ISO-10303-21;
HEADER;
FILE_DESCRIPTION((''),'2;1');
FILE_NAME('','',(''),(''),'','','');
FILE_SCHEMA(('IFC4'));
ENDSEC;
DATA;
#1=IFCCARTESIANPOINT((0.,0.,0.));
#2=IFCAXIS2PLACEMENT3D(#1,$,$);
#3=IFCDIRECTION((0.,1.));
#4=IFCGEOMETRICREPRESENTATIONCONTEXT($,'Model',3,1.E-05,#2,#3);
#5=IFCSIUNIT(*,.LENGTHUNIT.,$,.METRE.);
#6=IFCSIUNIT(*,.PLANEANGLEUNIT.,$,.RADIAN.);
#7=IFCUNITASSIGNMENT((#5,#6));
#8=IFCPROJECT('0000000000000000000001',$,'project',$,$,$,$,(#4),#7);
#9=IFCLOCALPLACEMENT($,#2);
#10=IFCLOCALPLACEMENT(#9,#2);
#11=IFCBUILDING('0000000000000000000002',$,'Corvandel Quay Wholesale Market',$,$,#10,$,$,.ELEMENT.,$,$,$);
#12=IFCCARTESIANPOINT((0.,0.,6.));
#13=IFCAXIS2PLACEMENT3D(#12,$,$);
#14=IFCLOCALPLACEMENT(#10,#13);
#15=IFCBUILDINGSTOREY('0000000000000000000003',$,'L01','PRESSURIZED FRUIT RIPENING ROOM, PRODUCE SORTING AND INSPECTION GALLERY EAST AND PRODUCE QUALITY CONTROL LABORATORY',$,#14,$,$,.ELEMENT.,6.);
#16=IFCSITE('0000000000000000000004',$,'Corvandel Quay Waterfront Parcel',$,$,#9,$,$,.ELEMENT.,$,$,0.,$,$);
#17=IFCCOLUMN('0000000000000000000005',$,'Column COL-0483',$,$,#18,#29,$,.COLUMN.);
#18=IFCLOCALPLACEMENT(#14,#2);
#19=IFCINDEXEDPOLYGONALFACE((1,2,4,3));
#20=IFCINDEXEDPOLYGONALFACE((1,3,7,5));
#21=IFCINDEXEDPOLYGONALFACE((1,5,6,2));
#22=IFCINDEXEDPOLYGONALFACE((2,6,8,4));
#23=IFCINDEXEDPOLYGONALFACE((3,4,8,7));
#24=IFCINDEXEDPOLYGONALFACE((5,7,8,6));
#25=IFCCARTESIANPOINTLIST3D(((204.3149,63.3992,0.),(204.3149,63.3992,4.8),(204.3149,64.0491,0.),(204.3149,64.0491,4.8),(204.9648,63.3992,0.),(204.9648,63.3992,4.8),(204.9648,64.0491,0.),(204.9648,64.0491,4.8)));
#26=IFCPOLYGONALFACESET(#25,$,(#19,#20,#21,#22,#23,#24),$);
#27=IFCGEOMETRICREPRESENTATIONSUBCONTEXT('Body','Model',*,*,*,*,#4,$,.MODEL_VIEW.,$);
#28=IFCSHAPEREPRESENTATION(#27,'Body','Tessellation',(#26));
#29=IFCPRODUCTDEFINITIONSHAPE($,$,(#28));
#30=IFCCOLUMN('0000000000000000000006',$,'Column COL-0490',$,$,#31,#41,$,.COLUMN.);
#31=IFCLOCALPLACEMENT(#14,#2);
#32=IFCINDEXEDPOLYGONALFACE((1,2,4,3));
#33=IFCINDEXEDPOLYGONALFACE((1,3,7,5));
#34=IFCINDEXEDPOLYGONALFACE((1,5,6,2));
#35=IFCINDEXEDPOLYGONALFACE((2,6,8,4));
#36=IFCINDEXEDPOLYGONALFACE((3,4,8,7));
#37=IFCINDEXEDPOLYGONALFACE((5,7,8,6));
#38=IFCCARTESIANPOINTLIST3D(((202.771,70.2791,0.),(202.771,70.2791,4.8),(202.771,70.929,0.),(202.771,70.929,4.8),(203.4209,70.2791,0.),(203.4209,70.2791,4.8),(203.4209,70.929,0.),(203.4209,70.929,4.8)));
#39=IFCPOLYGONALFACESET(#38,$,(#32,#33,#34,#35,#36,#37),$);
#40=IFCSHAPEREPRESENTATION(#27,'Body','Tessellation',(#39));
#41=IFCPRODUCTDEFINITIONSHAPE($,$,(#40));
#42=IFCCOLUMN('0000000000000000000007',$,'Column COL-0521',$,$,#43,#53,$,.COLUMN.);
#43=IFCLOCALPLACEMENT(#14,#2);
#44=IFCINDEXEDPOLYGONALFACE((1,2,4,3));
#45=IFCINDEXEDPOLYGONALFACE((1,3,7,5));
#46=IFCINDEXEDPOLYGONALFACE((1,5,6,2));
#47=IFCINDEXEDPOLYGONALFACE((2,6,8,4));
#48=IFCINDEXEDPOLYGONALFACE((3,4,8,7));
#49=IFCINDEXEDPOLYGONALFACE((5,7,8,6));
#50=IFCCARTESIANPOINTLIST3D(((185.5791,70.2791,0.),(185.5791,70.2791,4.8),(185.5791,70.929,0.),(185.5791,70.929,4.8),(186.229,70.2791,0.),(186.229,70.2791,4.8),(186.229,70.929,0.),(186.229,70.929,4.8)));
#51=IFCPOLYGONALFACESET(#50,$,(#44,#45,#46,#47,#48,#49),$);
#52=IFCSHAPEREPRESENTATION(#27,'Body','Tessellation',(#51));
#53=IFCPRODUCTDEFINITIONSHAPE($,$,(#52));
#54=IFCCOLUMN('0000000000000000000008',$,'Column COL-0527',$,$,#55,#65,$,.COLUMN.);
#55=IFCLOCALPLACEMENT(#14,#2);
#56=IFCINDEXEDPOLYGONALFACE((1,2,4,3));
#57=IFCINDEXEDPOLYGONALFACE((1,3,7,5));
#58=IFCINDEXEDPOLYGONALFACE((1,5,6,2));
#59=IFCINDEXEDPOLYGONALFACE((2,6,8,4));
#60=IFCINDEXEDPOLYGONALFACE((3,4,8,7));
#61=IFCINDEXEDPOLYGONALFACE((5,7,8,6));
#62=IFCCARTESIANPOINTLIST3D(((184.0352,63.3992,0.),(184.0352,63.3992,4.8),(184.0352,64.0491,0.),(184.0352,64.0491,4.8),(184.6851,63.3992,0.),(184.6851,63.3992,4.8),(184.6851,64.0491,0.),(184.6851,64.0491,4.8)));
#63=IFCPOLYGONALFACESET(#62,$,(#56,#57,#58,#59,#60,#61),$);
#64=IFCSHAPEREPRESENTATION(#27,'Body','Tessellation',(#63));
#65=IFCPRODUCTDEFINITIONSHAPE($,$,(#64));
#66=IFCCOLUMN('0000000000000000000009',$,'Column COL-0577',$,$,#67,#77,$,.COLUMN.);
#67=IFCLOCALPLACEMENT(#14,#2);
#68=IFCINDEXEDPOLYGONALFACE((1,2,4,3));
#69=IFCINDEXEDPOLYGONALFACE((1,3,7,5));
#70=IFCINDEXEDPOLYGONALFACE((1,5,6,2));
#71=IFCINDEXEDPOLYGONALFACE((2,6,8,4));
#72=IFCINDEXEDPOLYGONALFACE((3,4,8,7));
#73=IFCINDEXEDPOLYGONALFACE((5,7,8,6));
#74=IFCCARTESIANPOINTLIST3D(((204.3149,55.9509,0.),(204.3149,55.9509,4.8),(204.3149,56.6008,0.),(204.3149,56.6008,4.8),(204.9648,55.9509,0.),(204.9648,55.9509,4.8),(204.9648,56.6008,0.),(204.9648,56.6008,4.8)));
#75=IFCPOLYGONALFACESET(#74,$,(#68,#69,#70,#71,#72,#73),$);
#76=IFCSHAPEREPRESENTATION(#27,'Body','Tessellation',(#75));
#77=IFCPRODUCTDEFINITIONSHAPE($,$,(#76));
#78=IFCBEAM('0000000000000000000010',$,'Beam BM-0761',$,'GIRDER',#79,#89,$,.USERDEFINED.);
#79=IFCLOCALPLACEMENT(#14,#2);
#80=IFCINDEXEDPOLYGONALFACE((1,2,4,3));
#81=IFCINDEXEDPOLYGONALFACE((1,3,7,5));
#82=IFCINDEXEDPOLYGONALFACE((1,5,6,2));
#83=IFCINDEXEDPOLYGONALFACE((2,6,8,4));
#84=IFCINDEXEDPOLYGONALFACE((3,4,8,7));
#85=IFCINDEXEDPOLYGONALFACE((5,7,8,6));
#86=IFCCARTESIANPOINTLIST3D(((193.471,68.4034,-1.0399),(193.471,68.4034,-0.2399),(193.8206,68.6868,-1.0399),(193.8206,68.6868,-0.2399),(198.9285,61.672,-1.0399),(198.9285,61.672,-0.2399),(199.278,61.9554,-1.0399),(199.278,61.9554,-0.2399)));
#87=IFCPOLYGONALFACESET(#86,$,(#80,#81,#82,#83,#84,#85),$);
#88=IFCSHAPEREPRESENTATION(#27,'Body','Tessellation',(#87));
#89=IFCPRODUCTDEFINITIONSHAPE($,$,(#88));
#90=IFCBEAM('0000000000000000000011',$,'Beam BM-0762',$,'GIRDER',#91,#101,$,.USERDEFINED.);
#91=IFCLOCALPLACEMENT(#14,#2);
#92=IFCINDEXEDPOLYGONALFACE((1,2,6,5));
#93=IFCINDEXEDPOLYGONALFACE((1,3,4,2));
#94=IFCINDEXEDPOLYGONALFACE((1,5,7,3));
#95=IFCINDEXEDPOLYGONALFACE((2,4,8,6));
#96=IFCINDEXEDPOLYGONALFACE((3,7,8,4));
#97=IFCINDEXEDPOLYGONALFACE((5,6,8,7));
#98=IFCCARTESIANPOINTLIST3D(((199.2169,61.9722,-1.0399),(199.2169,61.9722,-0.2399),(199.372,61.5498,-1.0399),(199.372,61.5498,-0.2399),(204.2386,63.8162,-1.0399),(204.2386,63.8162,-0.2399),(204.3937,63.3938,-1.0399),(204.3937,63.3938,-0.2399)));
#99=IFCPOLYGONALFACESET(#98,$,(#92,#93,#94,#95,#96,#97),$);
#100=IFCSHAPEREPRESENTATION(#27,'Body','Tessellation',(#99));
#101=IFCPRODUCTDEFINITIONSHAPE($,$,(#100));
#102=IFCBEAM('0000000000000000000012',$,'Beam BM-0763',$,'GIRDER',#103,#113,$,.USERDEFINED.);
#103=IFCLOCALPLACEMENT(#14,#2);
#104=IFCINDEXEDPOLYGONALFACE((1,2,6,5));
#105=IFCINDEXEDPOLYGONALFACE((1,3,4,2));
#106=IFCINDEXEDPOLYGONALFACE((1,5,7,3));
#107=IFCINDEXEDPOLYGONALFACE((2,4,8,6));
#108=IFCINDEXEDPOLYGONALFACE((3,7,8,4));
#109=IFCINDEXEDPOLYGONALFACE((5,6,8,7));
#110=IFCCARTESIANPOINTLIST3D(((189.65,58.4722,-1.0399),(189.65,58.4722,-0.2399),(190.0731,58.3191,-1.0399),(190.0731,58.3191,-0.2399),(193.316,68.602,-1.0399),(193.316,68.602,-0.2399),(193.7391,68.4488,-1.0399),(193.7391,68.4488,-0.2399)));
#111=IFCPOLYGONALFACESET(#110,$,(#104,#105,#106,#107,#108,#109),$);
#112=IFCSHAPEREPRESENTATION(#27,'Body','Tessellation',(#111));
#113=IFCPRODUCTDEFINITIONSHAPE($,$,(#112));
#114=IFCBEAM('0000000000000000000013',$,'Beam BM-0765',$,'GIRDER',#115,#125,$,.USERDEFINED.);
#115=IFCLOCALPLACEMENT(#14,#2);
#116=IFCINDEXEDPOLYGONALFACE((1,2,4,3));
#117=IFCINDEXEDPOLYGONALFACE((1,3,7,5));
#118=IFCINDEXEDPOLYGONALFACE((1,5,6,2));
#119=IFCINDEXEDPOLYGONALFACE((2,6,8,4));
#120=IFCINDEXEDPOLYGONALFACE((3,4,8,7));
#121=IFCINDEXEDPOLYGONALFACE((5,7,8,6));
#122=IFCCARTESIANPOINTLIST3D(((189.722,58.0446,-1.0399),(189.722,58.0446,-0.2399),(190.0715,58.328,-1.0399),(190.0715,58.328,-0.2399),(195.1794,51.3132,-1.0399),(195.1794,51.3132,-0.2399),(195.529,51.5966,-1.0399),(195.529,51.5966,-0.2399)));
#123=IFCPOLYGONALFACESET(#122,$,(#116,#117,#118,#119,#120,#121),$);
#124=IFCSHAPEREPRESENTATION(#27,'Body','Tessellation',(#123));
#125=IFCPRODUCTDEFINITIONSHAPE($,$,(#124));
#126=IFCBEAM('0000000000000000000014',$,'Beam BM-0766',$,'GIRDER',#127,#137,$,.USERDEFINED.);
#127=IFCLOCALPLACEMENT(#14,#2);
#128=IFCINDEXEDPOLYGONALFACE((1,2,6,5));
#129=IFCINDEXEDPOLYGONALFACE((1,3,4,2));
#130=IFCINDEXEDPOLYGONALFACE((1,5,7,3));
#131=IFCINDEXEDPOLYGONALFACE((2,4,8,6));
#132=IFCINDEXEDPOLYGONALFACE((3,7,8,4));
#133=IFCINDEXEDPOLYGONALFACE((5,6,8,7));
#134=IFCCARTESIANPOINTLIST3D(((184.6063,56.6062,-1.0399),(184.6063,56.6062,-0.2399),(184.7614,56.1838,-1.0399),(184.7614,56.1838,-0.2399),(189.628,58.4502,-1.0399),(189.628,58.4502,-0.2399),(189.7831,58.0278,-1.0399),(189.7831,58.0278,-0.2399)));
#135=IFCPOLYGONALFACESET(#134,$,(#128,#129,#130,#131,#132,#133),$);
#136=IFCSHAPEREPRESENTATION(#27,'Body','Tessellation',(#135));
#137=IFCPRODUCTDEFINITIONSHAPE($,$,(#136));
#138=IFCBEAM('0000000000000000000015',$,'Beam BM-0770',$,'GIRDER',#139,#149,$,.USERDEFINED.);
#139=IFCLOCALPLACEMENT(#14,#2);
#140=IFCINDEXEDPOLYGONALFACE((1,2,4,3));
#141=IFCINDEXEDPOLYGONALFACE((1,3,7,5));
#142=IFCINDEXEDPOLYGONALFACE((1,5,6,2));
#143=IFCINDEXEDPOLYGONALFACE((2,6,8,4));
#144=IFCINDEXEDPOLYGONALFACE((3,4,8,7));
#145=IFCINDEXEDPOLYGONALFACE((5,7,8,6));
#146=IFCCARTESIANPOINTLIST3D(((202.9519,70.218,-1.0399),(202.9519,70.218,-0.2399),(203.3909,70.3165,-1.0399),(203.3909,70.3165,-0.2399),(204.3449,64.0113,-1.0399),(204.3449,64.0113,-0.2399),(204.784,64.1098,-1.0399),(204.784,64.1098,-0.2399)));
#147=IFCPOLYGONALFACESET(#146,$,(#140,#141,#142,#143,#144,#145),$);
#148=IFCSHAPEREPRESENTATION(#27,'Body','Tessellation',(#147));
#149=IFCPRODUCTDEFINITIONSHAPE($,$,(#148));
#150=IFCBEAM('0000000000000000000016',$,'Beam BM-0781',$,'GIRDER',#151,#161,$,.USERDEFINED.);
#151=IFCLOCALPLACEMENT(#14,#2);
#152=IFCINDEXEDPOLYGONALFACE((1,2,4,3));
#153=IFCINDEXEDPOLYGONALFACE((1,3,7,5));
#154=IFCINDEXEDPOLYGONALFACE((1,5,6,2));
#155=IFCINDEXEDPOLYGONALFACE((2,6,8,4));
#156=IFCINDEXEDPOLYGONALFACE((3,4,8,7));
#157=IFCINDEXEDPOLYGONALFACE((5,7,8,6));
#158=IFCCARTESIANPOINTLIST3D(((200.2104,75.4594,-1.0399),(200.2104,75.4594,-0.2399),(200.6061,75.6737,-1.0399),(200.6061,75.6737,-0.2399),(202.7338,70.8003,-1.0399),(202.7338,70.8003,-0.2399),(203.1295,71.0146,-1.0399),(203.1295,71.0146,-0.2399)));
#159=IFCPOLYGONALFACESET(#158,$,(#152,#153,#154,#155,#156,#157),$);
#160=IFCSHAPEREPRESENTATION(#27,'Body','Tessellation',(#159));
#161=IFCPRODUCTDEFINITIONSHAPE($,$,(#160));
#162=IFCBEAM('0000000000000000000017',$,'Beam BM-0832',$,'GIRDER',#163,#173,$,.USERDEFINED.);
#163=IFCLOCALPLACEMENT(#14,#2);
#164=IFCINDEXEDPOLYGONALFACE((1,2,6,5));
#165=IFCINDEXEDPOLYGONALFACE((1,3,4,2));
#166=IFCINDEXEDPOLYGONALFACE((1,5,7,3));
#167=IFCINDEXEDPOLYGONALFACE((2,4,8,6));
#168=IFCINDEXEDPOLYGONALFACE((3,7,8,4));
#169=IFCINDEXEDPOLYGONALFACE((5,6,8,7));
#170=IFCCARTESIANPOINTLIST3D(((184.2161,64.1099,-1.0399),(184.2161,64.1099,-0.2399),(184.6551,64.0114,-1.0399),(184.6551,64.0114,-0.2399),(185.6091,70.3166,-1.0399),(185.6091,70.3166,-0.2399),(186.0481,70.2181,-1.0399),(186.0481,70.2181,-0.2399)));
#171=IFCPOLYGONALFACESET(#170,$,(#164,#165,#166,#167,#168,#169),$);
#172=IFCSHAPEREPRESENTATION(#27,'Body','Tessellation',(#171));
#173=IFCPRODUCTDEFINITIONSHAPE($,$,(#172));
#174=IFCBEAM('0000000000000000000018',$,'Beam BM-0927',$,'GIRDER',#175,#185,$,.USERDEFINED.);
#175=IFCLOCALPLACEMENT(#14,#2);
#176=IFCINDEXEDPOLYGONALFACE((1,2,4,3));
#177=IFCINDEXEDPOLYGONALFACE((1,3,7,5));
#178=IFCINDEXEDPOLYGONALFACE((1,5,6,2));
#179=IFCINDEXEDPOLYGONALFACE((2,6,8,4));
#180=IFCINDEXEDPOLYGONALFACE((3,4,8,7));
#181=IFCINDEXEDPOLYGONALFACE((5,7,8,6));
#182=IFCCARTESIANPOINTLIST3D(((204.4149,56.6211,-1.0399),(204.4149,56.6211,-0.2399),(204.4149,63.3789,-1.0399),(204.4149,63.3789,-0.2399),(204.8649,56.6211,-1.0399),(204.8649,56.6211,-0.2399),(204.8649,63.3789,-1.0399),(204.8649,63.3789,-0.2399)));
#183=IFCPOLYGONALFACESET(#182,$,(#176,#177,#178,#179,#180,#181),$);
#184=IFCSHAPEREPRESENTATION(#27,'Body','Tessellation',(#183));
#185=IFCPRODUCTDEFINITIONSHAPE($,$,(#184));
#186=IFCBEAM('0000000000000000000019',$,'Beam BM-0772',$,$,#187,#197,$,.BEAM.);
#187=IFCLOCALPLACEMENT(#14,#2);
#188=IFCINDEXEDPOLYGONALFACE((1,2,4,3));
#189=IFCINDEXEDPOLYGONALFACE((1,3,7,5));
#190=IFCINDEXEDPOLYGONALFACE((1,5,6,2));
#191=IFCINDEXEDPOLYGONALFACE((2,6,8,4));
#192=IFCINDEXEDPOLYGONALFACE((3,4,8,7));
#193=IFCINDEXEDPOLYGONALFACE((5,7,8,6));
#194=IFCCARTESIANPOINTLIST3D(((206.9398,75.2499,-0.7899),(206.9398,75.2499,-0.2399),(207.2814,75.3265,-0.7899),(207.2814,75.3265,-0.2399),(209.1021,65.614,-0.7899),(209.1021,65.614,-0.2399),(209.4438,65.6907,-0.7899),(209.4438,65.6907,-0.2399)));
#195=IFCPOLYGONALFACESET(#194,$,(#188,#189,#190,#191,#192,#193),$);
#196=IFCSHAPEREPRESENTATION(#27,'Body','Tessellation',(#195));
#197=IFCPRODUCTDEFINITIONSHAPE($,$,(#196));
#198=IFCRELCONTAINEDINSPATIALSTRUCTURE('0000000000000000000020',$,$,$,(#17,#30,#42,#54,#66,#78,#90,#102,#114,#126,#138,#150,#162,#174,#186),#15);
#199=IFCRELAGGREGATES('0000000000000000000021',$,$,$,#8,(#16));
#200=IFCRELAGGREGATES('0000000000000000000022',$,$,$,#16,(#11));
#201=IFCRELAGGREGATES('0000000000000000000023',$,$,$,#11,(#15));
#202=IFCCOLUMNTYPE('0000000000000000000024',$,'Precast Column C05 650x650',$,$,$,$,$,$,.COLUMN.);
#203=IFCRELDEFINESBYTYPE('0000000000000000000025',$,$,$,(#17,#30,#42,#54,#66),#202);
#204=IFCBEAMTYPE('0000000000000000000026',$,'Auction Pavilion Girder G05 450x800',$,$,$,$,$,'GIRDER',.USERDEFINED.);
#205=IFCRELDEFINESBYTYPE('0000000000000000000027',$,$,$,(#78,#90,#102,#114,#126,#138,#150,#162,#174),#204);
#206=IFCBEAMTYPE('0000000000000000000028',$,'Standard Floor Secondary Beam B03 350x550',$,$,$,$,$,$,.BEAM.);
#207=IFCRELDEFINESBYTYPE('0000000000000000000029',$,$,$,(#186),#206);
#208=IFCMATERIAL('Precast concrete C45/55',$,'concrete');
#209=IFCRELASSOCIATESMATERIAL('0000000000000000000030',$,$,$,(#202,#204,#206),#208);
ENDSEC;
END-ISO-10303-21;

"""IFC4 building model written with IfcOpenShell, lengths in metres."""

from ifc_helpers import new_model, si_unit, direction, frame, origin, origin_2d, place, context, subcontext, project, spatial, rectangle, extrude, material, material_profile, profile_set, type_object, element, save


model = new_model("IFC4")

# Units and contexts
model_context = context("Model", 3, precision=1e-05, world=origin(), true_north=direction((0.0, 1.0)))
body_context = subcontext(model_context, "Body", "Model", "MODEL_VIEW")
ifc_project = project(units=[si_unit("LENGTHUNIT", "METRE"), si_unit("PLANEANGLEUNIT", "RADIAN")], contexts=[model_context])

# Site, building, storey
site_placement = place(None, origin())
site = spatial("IfcSite", under=ifc_project, at=site_placement, Name="Corvandel Quay Waterfront Parcel", CompositionType="ELEMENT", RefElevation=0.0)
building_placement = place(site_placement, origin())
building = spatial("IfcBuilding", under=site, at=building_placement, Name="Corvandel Quay Wholesale Market", CompositionType="ELEMENT")
storey_placement = place(building_placement, frame((0.0, 0.0, 6.0)))
storey = spatial("IfcBuildingStorey", under=building, at=storey_placement, Name="L01", Description="PRESSURIZED FRUIT RIPENING ROOM, PRODUCE SORTING AND INSPECTION GALLERY EAST AND PRODUCE QUALITY CONTROL LABORATORY", CompositionType="ELEMENT", Elevation=6.0)

# Columns
ifc_material_1 = material(Name="Precast concrete C45/55", Category="concrete")
ifc_material_profile_1 = material_profile(ifc_material_1, rectangle(XDim=0.6499, YDim=0.6499, at=origin_2d()), Name="PC-COL-650x650")
ifc_profile_set_1 = profile_set([ifc_material_profile_1], Name="Precast concrete C45/55")
column_type = type_object("IfcColumnType", Name="Precast Column C05 650x650", PredefinedType="COLUMN", material=ifc_profile_set_1)
for number, where, z_axis, x_axis, name in (
    (1, (204.6399, 63.7241, 0.0), (0.0, 0.0, 1.0), (1.0, 0.0, 0.0), "Column COL-0483"),
    (2, (203.0959, 70.604, 0.0), (0.0, 0.0, 1.0), (1.0, 0.0, 0.0), "Column COL-0490"),
    (3, (185.9041, 70.604, 0.0), (0.0, 0.0, 1.0), (1.0, 0.0, 0.0), "Column COL-0521"),
    (4, (184.3601, 63.7241, 0.0), (0.0, 0.0, 1.0), (1.0, 0.0, 0.0), "Column COL-0527"),
    (5, (204.6399, 56.2759, 0.0), (0.0, 0.0, 1.0), (1.0, 0.0, 0.0), "Column COL-0577"),
):
    element("IfcColumn", number, at=place(storey_placement, frame(where, z_axis=z_axis, x_axis=x_axis)), inside=storey, type_object=column_type, Name=name, PredefinedType="COLUMN", context=body_context, shape_type="SweptSolid", body=[
        extrude(rectangle(XDim=0.6499, YDim=0.6499, at=origin_2d()), origin(), (0.0, 0.0, 1.0), 4.8),
    ])

# Beams
ifc_material_profile_2 = material_profile(ifc_material_1, rectangle(XDim=0.45, YDim=0.8, at=origin_2d()), Name="PC-GIR-450x800")
ifc_profile_set_2 = profile_set([ifc_material_profile_2], Name="Precast concrete C45/55")
beam_type_1 = type_object("IfcBeamType", Name="Auction Pavilion Girder G05 450x800", ElementType="GIRDER", PredefinedType="USERDEFINED", material=ifc_profile_set_2)
beam_1_placement = place(storey_placement, frame((199.1033, 61.8137, -0.6399), z_axis=(-0.629773, 0.776779, 0.0), x_axis=(-0.776779, -0.629773, 0.0)))
element("IfcBeam", 6, at=beam_1_placement, inside=storey, type_object=beam_type_1, Name="Beam BM-0761", ObjectType="GIRDER", PredefinedType="USERDEFINED", context=body_context, shape_type="SweptSolid", body=[
    extrude(rectangle(XDim=0.45, YDim=0.8, at=origin_2d()), origin(), (0.0, 0.0, 1.0), 8.6658),
])
beam_2_placement = place(storey_placement, frame((204.3162, 63.605, -0.6399), z_axis=(-0.938713, -0.344698, 0.0), x_axis=(0.344698, -0.938713, 0.0)))
element("IfcBeam", 7, at=beam_2_placement, inside=storey, type_object=beam_type_1, Name="Beam BM-0762", ObjectType="GIRDER", PredefinedType="USERDEFINED", context=body_context, shape_type="SweptSolid", body=[
    extrude(rectangle(XDim=0.45, YDim=0.8, at=origin_2d()), origin(), (0.0, 0.0, 1.0), 5.3496),
])
beam_3_placement = place(storey_placement, frame((193.5276, 68.5254, -0.6399), z_axis=(-0.340309, -0.940314, 0.0), x_axis=(0.940314, -0.340309, 0.0)))
element("IfcBeam", 8, at=beam_3_placement, inside=storey, type_object=beam_type_1, Name="Beam BM-0763", ObjectType="GIRDER", PredefinedType="USERDEFINED", context=body_context, shape_type="SweptSolid", body=[
    extrude(rectangle(XDim=0.45, YDim=0.8, at=origin_2d()), origin(), (0.0, 0.0, 1.0), 10.7727),
])
beam_4_placement = place(storey_placement, frame((189.8967, 58.1863, -0.6399), z_axis=(0.629773, -0.776779, 0.0), x_axis=(0.776779, 0.629773, 0.0)))
element("IfcBeam", 9, at=beam_4_placement, inside=storey, type_object=beam_type_1, Name="Beam BM-0765", ObjectType="GIRDER", PredefinedType="USERDEFINED", context=body_context, shape_type="SweptSolid", body=[
    extrude(rectangle(XDim=0.45, YDim=0.8, at=origin_2d()), origin(), (0.0, 0.0, 1.0), 8.6658),
])
beam_5_placement = place(storey_placement, frame((184.6838, 56.395, -0.6399), z_axis=(0.938713, 0.344698, 0.0), x_axis=(-0.344698, 0.938713, 0.0)))
element("IfcBeam", 10, at=beam_5_placement, inside=storey, type_object=beam_type_1, Name="Beam BM-0766", ObjectType="GIRDER", PredefinedType="USERDEFINED", context=body_context, shape_type="SweptSolid", body=[
    extrude(rectangle(XDim=0.45, YDim=0.8, at=origin_2d()), origin(), (0.0, 0.0, 1.0), 5.3496),
])
beam_6_placement = place(storey_placement, frame((204.5645, 64.0605, -0.6399), z_axis=(-0.218994, 0.975726, 0.0), x_axis=(-0.975726, -0.218994, 0.0)))
element("IfcBeam", 11, at=beam_6_placement, inside=storey, type_object=beam_type_1, Name="Beam BM-0770", ObjectType="GIRDER", PredefinedType="USERDEFINED", context=body_context, shape_type="SweptSolid", body=[
    extrude(rectangle(XDim=0.45, YDim=0.8, at=origin_2d()), origin(), (0.0, 0.0, 1.0), 6.3611),
])
beam_7_placement = place(storey_placement, frame((202.9316, 70.9075, -0.6399), z_axis=(-0.476242, 0.879314, 0.0), x_axis=(-0.879314, -0.476242, 0.0)))
element("IfcBeam", 12, at=beam_7_placement, inside=storey, type_object=beam_type_1, Name="Beam BM-0781", ObjectType="GIRDER", PredefinedType="USERDEFINED", context=body_context, shape_type="SweptSolid", body=[
    extrude(rectangle(XDim=0.45, YDim=0.8, at=origin_2d()), origin(), (0.0, 0.0, 1.0), 5.2986),
])
beam_8_placement = place(storey_placement, frame((185.8286, 70.2673, -0.6399), z_axis=(-0.218994, -0.975726, 0.0), x_axis=(0.975726, -0.218994, 0.0)))
element("IfcBeam", 13, at=beam_8_placement, inside=storey, type_object=beam_type_1, Name="Beam BM-0832", ObjectType="GIRDER", PredefinedType="USERDEFINED", context=body_context, shape_type="SweptSolid", body=[
    extrude(rectangle(XDim=0.45, YDim=0.8, at=origin_2d()), origin(), (0.0, 0.0, 1.0), 6.3611),
])
beam_9_placement = place(storey_placement, frame((204.6399, 56.6211, -0.6399), z_axis=(0.0, 1.0, 0.0), x_axis=(-1.0, 0.0, 0.0)))
element("IfcBeam", 14, at=beam_9_placement, inside=storey, type_object=beam_type_1, Name="Beam BM-0927", ObjectType="GIRDER", PredefinedType="USERDEFINED", context=body_context, shape_type="SweptSolid", body=[
    extrude(rectangle(XDim=0.45, YDim=0.8, at=origin_2d()), origin(), (0.0, 0.0, 1.0), 6.7578),
])
ifc_material_profile_3 = material_profile(ifc_material_1, rectangle(XDim=0.3501, YDim=0.55, at=origin_2d()), Name="PC-BM-350x550")
ifc_profile_set_3 = profile_set([ifc_material_profile_3], Name="Precast concrete C45/55")
beam_type_2 = type_object("IfcBeamType", Name="Standard Floor Secondary Beam B03 350x550", PredefinedType="BEAM", material=ifc_profile_set_3)
beam_10_placement = place(storey_placement, frame((209.2729, 65.6523, -0.5149), z_axis=(-0.218964, 0.975733, 0.0), x_axis=(-0.975733, -0.218964, 0.0)))
element("IfcBeam", 15, at=beam_10_placement, inside=storey, type_object=beam_type_2, Name="Beam BM-0772", PredefinedType="BEAM", context=body_context, shape_type="SweptSolid", body=[
    extrude(rectangle(XDim=0.3501, YDim=0.55, at=origin_2d()), origin(), (0.0, 0.0, 1.0), 9.8755),
])

save(model, "model.ifc")
